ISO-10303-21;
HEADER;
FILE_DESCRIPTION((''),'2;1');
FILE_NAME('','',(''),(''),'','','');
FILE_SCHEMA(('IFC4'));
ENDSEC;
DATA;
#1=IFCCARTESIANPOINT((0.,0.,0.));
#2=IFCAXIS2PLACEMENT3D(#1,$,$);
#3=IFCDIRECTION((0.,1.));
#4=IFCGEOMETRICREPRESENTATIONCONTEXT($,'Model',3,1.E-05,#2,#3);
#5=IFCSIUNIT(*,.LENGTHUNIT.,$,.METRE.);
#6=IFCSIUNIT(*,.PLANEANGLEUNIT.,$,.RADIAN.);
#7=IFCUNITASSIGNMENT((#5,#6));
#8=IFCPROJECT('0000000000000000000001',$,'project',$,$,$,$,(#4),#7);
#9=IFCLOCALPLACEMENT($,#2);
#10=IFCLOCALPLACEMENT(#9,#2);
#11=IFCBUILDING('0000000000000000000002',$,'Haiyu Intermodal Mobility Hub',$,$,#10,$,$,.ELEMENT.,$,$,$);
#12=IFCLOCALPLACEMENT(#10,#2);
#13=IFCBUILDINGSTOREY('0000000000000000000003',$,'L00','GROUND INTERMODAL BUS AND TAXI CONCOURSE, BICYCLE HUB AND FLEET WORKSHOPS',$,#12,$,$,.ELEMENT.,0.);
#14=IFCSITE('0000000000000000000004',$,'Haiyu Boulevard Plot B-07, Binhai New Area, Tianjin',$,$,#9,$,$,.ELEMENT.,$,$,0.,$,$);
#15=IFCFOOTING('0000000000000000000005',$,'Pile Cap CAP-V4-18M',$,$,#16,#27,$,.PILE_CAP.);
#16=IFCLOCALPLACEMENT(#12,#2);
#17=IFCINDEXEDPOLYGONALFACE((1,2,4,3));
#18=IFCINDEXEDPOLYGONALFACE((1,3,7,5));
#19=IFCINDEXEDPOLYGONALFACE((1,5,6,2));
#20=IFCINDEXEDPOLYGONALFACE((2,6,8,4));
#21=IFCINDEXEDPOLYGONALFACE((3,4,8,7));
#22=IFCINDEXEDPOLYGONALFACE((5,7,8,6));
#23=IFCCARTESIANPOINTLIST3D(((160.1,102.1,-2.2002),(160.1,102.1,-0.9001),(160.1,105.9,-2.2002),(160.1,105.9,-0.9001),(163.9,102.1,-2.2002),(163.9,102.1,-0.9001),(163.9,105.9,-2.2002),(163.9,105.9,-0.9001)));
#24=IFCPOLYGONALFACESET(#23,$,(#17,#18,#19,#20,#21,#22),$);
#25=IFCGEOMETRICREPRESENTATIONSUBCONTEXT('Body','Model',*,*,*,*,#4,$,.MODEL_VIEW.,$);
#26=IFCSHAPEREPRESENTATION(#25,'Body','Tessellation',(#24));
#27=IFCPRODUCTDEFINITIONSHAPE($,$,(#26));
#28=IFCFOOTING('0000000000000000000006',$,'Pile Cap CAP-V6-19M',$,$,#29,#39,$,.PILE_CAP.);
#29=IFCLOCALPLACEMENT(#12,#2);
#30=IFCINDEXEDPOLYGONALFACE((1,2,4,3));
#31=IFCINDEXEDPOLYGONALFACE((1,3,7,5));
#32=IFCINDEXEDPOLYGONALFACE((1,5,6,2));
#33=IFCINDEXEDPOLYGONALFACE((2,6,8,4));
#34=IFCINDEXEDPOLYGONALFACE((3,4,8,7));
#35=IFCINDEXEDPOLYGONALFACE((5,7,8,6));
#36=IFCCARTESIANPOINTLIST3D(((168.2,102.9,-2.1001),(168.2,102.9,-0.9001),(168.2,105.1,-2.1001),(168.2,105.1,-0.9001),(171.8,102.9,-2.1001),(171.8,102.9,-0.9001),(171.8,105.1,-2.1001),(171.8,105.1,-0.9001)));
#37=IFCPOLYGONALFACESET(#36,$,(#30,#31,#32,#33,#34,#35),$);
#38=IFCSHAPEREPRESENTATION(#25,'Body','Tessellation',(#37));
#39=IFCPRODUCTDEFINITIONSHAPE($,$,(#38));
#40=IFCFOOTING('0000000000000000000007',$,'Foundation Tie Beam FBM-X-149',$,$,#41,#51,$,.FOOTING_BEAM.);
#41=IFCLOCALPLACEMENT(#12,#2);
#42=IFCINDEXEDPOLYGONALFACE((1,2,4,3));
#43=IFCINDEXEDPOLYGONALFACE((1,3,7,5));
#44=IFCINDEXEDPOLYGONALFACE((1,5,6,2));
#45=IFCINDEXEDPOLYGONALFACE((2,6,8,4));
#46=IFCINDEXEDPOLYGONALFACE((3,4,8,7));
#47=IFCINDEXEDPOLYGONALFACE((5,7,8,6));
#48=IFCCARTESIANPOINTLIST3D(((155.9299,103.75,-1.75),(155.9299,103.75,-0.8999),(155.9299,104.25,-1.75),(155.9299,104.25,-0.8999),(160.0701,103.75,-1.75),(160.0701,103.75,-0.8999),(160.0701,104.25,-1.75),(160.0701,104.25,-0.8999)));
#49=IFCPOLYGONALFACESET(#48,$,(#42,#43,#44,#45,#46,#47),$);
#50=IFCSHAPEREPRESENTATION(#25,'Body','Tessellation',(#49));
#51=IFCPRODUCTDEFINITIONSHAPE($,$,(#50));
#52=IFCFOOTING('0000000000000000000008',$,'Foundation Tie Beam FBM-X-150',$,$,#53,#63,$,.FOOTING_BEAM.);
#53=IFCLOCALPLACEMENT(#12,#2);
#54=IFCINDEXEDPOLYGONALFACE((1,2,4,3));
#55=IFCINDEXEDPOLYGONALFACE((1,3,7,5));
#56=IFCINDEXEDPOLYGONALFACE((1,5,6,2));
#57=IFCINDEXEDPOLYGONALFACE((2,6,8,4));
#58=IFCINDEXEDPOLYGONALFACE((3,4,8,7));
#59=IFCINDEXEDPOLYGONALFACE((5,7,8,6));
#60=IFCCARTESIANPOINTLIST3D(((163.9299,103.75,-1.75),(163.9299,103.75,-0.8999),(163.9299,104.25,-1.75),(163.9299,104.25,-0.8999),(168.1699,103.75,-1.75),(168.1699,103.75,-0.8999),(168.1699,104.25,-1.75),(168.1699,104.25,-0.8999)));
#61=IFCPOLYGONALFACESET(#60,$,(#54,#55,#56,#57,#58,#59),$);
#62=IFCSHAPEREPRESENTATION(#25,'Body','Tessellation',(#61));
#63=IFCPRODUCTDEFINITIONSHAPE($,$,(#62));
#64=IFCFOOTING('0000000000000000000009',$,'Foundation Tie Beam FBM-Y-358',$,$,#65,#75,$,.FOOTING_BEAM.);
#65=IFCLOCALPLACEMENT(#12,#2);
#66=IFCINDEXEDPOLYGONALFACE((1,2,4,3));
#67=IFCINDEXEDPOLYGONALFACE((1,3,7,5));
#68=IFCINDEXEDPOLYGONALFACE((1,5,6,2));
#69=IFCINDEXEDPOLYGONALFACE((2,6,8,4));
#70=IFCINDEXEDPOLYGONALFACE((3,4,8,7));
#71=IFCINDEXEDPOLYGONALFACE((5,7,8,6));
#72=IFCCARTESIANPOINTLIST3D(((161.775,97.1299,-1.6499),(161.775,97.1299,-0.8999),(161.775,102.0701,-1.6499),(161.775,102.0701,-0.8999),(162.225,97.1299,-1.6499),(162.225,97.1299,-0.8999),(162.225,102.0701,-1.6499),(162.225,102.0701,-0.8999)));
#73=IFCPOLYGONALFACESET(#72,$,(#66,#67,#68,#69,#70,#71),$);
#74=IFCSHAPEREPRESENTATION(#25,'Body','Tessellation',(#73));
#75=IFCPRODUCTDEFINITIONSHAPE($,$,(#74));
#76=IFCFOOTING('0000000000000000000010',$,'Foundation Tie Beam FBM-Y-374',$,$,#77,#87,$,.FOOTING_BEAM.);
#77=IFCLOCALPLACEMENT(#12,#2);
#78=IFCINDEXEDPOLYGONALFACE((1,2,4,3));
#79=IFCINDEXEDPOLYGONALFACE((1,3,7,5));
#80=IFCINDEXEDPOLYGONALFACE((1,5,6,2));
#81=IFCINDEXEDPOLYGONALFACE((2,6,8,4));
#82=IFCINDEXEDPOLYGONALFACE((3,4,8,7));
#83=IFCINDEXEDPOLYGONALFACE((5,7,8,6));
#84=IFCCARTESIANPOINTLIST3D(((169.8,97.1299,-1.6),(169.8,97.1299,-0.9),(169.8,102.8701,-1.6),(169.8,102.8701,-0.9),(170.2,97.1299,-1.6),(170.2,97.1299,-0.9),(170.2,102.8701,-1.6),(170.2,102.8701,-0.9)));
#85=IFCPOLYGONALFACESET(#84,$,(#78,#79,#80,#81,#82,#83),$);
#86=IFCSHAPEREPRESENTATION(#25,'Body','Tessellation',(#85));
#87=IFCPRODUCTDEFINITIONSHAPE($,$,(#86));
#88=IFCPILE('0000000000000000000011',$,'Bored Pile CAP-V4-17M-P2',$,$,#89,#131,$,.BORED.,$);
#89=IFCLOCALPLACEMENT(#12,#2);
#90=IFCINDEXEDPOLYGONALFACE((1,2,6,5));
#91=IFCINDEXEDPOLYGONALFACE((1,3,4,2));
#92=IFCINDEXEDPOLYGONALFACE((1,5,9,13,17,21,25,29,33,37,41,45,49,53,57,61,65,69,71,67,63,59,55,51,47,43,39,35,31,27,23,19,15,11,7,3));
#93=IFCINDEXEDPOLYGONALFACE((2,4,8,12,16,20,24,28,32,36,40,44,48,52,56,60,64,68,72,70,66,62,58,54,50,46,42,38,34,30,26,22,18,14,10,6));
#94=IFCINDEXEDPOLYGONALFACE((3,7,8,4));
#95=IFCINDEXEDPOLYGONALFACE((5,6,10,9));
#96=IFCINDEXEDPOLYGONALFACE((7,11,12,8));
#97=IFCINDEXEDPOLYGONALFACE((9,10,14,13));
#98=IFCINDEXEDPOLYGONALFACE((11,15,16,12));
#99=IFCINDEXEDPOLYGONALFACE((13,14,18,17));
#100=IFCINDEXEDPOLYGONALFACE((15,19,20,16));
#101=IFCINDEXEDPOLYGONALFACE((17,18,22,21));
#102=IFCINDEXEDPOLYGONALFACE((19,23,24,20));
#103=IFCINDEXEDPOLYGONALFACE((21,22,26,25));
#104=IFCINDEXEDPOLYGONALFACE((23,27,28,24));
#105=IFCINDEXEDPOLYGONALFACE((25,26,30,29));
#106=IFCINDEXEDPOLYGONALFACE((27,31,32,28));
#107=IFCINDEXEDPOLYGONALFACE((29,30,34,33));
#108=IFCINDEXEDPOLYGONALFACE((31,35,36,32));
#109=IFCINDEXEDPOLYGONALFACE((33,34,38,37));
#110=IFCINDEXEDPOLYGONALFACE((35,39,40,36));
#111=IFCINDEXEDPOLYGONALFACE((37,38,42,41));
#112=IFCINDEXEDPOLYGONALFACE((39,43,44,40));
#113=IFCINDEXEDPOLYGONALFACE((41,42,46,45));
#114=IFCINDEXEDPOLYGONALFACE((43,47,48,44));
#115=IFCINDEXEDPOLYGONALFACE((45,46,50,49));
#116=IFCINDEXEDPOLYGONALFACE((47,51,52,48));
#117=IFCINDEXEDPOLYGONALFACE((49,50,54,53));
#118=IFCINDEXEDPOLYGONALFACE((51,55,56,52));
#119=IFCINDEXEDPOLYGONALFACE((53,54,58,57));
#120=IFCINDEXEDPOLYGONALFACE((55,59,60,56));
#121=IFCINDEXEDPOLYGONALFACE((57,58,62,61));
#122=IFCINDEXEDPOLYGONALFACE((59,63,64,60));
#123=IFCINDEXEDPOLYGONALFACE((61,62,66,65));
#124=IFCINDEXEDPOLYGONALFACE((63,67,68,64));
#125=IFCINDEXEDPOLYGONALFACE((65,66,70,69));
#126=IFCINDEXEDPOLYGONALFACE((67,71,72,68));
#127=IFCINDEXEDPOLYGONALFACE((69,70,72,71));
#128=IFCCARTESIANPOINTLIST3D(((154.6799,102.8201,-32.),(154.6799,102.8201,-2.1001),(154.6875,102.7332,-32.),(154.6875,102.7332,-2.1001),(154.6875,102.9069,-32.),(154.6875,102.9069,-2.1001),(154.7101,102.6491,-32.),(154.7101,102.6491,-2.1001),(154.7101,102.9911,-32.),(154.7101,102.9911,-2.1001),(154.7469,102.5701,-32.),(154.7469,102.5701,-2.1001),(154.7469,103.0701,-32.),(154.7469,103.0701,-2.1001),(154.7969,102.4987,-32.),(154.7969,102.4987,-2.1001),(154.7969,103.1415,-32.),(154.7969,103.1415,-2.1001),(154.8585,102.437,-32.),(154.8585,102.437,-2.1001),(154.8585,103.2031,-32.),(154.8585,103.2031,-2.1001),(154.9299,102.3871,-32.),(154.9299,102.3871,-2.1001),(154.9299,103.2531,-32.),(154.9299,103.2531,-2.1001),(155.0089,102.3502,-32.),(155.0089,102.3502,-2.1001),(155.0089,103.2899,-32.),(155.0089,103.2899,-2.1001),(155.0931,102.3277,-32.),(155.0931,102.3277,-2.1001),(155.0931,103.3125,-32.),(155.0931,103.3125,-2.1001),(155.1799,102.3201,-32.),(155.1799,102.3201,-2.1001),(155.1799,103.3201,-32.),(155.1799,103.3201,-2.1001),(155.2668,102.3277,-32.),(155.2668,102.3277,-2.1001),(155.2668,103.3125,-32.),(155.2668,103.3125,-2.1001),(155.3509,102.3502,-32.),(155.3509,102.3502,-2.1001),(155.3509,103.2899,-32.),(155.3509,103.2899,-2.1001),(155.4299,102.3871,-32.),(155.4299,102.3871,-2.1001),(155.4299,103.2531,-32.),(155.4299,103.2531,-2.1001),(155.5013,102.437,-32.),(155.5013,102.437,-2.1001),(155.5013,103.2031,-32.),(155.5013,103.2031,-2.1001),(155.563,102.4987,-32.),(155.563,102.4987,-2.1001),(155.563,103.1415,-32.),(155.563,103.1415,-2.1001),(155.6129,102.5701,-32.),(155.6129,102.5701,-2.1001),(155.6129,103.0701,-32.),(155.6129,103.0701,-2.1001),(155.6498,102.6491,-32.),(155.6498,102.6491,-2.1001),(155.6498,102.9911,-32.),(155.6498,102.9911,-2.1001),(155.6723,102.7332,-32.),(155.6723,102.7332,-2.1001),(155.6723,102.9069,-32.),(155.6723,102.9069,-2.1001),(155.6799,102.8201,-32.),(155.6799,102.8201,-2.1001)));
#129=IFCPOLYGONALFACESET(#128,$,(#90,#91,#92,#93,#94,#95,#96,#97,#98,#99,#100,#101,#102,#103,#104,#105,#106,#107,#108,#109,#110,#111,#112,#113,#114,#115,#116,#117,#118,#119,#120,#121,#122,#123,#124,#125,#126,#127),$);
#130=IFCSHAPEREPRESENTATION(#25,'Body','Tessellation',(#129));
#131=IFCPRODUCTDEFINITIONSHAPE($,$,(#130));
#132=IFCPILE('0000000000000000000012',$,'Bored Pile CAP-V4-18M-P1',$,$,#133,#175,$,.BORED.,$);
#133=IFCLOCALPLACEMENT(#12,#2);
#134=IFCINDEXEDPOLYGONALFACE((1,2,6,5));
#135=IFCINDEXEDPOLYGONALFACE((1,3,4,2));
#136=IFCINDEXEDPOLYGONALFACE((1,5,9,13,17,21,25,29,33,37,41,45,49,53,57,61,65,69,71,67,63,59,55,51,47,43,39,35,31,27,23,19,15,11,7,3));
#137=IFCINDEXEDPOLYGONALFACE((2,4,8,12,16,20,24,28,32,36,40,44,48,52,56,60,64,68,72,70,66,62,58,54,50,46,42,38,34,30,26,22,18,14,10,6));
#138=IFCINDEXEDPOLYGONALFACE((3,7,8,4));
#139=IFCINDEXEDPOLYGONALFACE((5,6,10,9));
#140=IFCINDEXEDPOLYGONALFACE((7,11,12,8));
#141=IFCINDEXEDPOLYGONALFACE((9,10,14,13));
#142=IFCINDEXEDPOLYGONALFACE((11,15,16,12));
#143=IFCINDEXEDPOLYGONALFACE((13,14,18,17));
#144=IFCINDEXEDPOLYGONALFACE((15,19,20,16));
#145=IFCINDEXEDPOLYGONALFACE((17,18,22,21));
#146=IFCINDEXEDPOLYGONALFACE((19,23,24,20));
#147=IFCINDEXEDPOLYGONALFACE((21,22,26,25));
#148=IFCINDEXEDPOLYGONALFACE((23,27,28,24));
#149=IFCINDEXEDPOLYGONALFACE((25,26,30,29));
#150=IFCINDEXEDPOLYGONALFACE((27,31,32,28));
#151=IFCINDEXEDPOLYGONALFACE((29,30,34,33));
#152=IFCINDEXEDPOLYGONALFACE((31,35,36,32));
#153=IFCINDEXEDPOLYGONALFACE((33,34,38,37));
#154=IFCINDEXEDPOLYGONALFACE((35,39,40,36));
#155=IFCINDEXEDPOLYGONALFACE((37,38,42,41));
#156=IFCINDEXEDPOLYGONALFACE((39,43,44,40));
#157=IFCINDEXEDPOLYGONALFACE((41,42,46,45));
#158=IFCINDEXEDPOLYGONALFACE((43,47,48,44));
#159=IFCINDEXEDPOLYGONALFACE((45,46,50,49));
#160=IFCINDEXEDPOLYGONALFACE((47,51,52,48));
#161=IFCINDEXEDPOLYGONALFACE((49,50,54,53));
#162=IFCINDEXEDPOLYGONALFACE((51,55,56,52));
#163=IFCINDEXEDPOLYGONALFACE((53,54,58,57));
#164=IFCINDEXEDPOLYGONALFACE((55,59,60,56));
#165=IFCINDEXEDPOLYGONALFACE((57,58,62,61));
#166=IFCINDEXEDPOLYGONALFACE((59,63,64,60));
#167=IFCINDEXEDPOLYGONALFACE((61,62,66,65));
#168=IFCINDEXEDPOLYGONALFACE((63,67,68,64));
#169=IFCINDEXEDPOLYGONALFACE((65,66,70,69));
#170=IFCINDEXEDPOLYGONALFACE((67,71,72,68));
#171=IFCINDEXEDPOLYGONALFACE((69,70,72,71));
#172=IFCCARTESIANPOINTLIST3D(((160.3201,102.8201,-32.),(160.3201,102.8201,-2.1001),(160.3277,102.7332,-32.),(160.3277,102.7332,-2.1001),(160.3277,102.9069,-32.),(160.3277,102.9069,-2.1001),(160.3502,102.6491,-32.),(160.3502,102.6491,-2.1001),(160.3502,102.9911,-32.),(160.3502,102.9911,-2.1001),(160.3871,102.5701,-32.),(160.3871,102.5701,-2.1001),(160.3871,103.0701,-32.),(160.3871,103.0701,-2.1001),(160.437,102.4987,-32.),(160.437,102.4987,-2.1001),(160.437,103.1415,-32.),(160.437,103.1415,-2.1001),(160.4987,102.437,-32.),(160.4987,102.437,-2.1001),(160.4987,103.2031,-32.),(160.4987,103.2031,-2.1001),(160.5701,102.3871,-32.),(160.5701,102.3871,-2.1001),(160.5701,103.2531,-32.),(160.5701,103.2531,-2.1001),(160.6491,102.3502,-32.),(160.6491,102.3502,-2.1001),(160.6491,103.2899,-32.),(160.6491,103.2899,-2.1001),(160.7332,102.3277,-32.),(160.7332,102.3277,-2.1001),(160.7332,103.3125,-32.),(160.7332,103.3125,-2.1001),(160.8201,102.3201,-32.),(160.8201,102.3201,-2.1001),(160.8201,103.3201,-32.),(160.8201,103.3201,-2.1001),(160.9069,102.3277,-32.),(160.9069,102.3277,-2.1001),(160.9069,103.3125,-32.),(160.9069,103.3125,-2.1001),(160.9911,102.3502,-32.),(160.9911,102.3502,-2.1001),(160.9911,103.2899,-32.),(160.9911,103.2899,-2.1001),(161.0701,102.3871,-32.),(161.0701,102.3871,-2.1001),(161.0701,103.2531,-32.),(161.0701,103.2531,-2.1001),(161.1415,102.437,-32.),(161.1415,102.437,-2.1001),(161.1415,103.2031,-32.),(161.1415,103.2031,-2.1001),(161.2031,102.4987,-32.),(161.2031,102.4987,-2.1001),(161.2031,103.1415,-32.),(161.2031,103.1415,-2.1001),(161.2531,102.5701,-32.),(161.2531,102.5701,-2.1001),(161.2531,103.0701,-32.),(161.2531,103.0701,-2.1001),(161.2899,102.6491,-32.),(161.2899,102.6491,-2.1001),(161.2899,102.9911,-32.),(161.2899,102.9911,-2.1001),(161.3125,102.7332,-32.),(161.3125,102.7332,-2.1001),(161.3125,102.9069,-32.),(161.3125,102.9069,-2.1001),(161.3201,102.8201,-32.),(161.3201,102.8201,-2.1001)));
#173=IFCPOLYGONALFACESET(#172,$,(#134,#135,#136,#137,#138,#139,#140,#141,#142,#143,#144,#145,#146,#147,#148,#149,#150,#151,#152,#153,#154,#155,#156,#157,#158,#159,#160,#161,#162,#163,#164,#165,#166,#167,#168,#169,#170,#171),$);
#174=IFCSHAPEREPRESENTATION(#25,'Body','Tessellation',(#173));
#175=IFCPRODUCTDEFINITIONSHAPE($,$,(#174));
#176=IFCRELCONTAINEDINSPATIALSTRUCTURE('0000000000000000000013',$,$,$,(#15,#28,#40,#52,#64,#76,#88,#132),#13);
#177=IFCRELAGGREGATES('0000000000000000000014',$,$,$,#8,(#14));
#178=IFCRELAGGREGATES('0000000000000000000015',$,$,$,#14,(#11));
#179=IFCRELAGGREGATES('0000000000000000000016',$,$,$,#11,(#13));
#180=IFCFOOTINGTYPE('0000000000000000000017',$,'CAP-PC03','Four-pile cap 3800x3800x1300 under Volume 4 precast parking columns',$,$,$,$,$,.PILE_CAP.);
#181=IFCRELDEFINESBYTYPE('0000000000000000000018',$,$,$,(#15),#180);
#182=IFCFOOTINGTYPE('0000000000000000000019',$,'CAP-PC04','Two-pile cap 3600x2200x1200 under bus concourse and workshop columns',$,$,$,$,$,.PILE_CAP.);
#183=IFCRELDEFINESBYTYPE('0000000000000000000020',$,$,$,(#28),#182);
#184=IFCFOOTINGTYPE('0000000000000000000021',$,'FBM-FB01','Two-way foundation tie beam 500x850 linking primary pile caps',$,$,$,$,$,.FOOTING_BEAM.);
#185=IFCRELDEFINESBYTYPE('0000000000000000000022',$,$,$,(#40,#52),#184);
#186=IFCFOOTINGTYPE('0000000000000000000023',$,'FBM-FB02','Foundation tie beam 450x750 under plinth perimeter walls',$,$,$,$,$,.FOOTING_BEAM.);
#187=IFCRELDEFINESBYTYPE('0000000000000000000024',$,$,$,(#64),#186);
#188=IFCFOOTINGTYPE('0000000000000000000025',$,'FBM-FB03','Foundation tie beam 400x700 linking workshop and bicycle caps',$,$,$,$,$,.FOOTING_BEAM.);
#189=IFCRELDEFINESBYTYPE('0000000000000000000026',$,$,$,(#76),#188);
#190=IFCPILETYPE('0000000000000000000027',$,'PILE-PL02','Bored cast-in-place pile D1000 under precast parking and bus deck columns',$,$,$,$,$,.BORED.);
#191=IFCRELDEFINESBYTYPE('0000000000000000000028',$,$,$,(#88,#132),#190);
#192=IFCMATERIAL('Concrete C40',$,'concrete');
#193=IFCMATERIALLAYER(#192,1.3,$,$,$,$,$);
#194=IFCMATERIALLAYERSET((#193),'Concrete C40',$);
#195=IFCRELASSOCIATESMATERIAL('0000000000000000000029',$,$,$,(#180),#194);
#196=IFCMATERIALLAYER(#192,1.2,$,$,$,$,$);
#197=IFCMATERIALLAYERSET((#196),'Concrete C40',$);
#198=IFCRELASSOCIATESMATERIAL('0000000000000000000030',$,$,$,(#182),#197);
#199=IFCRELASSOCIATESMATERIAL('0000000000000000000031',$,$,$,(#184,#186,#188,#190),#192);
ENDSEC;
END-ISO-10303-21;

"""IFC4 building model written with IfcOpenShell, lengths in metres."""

from ifc_helpers import new_model, si_unit, direction, frame, origin, origin_2d, place, context, subcontext, project, spatial, rectangle, circle, extrude, material, layer, layer_set, material_profile, profile_set, type_object, element, save


model = new_model("IFC4")

# Units and contexts
model_context = context("Model", 3, precision=1e-05, world=origin(), true_north=direction((0.0, 1.0)))
body_context = subcontext(model_context, "Body", "Model", "MODEL_VIEW")
ifc_project = project(units=[si_unit("LENGTHUNIT", "METRE"), si_unit("PLANEANGLEUNIT", "RADIAN")], contexts=[model_context])

# Site, building, storey
site_placement = place(None, origin())
site = spatial("IfcSite", under=ifc_project, at=site_placement, Name="Haiyu Boulevard Plot B-07, Binhai New Area, Tianjin", CompositionType="ELEMENT", RefElevation=0.0)
building_placement = place(site_placement, origin())
building = spatial("IfcBuilding", under=site, at=building_placement, Name="Haiyu Intermodal Mobility Hub", CompositionType="ELEMENT")
storey_placement = place(building_placement, origin())
storey = spatial("IfcBuildingStorey", under=building, at=storey_placement, Name="L00", Description="GROUND INTERMODAL BUS AND TAXI CONCOURSE, BICYCLE HUB AND FLEET WORKSHOPS", CompositionType="ELEMENT", Elevation=0.0)

# Footings
ifc_material_1 = material(Name="Concrete C40", Category="concrete")
ifc_layer_1 = layer(ifc_material_1, 1.3)
ifc_layer_set_1 = layer_set([ifc_layer_1], Name="Concrete C40")
footing_type_1 = type_object("IfcFootingType", Name="CAP-PC03", Description="Four-pile cap 3800x3800x1300 under Volume 4 precast parking columns", PredefinedType="PILE_CAP", material=ifc_layer_set_1)
footing_1_placement = place(storey_placement, frame((162.0, 104.0, -2.2002), z_axis=(0.0, 0.0, 1.0), x_axis=(1.0, 0.0, 0.0)))
element("IfcFooting", 1, at=footing_1_placement, inside=storey, type_object=footing_type_1, Name="Pile Cap CAP-V4-18M", PredefinedType="PILE_CAP", context=body_context, shape_type="SweptSolid", body=[
    extrude(rectangle(XDim=3.8, YDim=3.8, at=origin_2d()), origin(), (0.0, 0.0, 1.0), 1.3),
])
ifc_layer_2 = layer(ifc_material_1, 1.2)
ifc_layer_set_2 = layer_set([ifc_layer_2], Name="Concrete C40")
footing_type_2 = type_object("IfcFootingType", Name="CAP-PC04", Description="Two-pile cap 3600x2200x1200 under bus concourse and workshop columns", PredefinedType="PILE_CAP", material=ifc_layer_set_2)
footing_2_placement = place(storey_placement, frame((170.0, 104.0, -2.1001), z_axis=(0.0, 0.0, 1.0), x_axis=(1.0, 0.0, 0.0)))
element("IfcFooting", 2, at=footing_2_placement, inside=storey, type_object=footing_type_2, Name="Pile Cap CAP-V6-19M", PredefinedType="PILE_CAP", context=body_context, shape_type="SweptSolid", body=[
    extrude(rectangle(XDim=3.6001, YDim=2.2, at=origin_2d()), origin(), (0.0, 0.0, 1.0), 1.2),
])
ifc_material_profile_1 = material_profile(ifc_material_1, rectangle(XDim=0.5, YDim=0.8501, at=origin_2d()), Name="FB500x850")
ifc_profile_set_1 = profile_set([ifc_material_profile_1], Name="Concrete C40")
footing_type_3 = type_object("IfcFootingType", Name="FBM-FB01", Description="Two-way foundation tie beam 500x850 linking primary pile caps", PredefinedType="FOOTING_BEAM", material=ifc_profile_set_1)
footing_3_placement = place(storey_placement, frame((155.9299, 104.0, -1.325), z_axis=(1.0, 0.0, 0.0), x_axis=(0.0, 1.0, 0.0)))
element("IfcFooting", 3, at=footing_3_placement, inside=storey, type_object=footing_type_3, Name="Foundation Tie Beam FBM-X-149", PredefinedType="FOOTING_BEAM", context=body_context, shape_type="SweptSolid", body=[
    extrude(rectangle(XDim=0.5, YDim=0.8501, at=origin_2d()), origin(), (0.0, 0.0, 1.0), 4.1401),
])
footing_4_placement = place(storey_placement, frame((163.9299, 104.0, -1.325), z_axis=(1.0, 0.0, 0.0), x_axis=(0.0, 1.0, 0.0)))
element("IfcFooting", 4, at=footing_4_placement, inside=storey, type_object=footing_type_3, Name="Foundation Tie Beam FBM-X-150", PredefinedType="FOOTING_BEAM", context=body_context, shape_type="SweptSolid", body=[
    extrude(rectangle(XDim=0.5, YDim=0.8501, at=origin_2d()), origin(), (0.0, 0.0, 1.0), 4.24),
])
ifc_material_profile_2 = material_profile(ifc_material_1, rectangle(XDim=0.45, YDim=0.75, at=origin_2d()), Name="FB450x750")
ifc_profile_set_2 = profile_set([ifc_material_profile_2], Name="Concrete C40")
footing_type_4 = type_object("IfcFootingType", Name="FBM-FB02", Description="Foundation tie beam 450x750 under plinth perimeter walls", PredefinedType="FOOTING_BEAM", material=ifc_profile_set_2)
footing_5_placement = place(storey_placement, frame((162.0, 97.1299, -1.2749), z_axis=(0.0, 1.0, 0.0), x_axis=(-1.0, 0.0, 0.0)))
element("IfcFooting", 5, at=footing_5_placement, inside=storey, type_object=footing_type_4, Name="Foundation Tie Beam FBM-Y-358", PredefinedType="FOOTING_BEAM", context=body_context, shape_type="SweptSolid", body=[
    extrude(rectangle(XDim=0.45, YDim=0.75, at=origin_2d()), origin(), (0.0, 0.0, 1.0), 4.9402),
])
ifc_material_profile_3 = material_profile(ifc_material_1, rectangle(XDim=0.3999, YDim=0.7, at=origin_2d()), Name="FB400x700")
ifc_profile_set_3 = profile_set([ifc_material_profile_3], Name="Concrete C40")
footing_type_5 = type_object("IfcFootingType", Name="FBM-FB03", Description="Foundation tie beam 400x700 linking workshop and bicycle caps", PredefinedType="FOOTING_BEAM", material=ifc_profile_set_3)
footing_6_placement = place(storey_placement, frame((170.0, 97.1299, -1.25), z_axis=(0.0, 1.0, 0.0), x_axis=(-1.0, 0.0, 0.0)))
element("IfcFooting", 6, at=footing_6_placement, inside=storey, type_object=footing_type_5, Name="Foundation Tie Beam FBM-Y-374", PredefinedType="FOOTING_BEAM", context=body_context, shape_type="SweptSolid", body=[
    extrude(rectangle(XDim=0.3999, YDim=0.7, at=origin_2d()), origin(), (0.0, 0.0, 1.0), 5.7402),
])

# Piles
ifc_material_profile_4 = material_profile(ifc_material_1, circle(Radius=0.5, at=origin_2d()), Name="PILE-D1000")
ifc_profile_set_4 = profile_set([ifc_material_profile_4], Name="Concrete C40")
pile_type_1 = type_object("IfcPileType", Name="PILE-PL02", Description="Bored cast-in-place pile D1000 under precast parking and bus deck columns", PredefinedType="BORED", material=ifc_profile_set_4)
for number, where, z_axis, x_axis, name in (
    (7, (155.1799, 102.8201, -2.1001), (0.0, 0.0, -1.0), (1.0, 0.0, 0.0), "Bored Pile CAP-V4-17M-P2"),
    (8, (160.8201, 102.8201, -2.1001), (0.0, 0.0, -1.0), (1.0, 0.0, 0.0), "Bored Pile CAP-V4-18M-P1"),
):
    element("IfcPile", number, at=place(storey_placement, frame(where, z_axis=z_axis, x_axis=x_axis)), inside=storey, type_object=pile_type_1, Name=name, PredefinedType="BORED", context=body_context, shape_type="SweptSolid", body=[
        extrude(circle(Radius=0.5, at=origin_2d()), origin(), (0.0, 0.0, 1.0), 29.8999),
    ])

save(model, "model.ifc")
